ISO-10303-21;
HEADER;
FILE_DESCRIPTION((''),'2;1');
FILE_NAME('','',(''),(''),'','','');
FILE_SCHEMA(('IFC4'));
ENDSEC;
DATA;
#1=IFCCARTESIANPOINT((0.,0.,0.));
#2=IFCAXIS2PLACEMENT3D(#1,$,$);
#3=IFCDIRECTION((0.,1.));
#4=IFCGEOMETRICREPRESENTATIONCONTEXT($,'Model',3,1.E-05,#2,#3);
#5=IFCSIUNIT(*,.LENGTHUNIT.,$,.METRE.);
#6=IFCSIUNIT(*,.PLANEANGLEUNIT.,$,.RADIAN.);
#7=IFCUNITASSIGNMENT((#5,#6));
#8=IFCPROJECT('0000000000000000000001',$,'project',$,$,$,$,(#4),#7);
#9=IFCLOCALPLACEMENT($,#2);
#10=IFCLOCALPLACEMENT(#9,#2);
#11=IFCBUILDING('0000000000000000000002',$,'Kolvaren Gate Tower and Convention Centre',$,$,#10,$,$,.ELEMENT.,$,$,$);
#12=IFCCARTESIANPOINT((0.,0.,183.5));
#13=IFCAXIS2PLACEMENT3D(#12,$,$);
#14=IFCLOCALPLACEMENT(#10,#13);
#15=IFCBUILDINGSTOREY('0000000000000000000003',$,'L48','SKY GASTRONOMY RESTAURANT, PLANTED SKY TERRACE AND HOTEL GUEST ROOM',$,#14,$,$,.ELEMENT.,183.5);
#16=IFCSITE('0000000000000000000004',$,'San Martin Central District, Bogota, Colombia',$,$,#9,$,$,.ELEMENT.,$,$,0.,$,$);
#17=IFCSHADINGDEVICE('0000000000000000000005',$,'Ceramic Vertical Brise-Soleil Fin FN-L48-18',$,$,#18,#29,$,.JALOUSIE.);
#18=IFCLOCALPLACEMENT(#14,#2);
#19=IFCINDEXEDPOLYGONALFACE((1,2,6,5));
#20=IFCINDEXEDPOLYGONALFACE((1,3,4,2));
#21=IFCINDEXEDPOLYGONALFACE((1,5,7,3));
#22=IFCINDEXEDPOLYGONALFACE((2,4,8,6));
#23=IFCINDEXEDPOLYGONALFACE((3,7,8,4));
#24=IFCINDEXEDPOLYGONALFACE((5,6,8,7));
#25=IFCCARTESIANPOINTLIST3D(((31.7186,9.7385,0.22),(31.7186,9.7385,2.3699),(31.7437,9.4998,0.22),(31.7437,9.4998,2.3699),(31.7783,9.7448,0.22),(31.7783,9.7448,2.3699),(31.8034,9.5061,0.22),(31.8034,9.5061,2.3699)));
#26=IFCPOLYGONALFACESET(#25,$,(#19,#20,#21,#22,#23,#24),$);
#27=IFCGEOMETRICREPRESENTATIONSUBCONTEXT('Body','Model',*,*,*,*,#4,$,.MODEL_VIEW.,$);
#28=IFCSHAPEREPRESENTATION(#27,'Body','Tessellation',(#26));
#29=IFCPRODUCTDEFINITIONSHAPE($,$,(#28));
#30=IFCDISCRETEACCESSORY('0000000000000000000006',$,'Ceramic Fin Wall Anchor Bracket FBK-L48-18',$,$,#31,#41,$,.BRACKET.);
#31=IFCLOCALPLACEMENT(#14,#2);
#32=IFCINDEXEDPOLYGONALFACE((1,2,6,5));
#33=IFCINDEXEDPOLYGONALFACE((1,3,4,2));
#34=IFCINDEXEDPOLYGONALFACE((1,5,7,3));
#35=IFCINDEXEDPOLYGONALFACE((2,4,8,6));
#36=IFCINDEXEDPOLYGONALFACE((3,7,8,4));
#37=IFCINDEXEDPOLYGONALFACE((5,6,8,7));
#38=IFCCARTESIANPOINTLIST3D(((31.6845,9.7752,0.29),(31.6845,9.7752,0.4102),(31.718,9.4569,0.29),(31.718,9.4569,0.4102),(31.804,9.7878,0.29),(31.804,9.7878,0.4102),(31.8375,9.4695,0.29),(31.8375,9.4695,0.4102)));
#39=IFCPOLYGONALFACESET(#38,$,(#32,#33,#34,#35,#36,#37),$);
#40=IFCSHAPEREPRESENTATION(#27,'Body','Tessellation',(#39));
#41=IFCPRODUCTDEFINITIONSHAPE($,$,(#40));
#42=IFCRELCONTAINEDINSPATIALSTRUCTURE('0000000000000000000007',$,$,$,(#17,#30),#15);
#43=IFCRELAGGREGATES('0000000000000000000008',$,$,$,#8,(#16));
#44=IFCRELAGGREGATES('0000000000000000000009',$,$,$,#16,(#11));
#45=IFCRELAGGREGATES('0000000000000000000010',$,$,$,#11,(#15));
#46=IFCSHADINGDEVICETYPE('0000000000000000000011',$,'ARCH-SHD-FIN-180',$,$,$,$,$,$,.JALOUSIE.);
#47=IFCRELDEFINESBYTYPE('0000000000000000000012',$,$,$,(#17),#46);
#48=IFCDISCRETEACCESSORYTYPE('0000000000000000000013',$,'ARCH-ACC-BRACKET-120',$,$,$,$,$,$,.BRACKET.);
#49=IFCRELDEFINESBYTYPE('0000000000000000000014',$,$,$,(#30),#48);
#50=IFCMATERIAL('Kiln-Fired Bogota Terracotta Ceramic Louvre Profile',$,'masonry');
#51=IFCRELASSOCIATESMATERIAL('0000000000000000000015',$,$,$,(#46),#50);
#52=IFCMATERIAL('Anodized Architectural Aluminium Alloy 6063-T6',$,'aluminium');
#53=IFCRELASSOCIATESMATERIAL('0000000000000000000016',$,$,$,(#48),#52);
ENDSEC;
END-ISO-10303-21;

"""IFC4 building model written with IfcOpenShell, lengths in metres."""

from ifc_helpers import new_model, si_unit, direction, frame, origin, origin_2d, place, context, subcontext, project, spatial, rectangle, extrude, material, type_object, element, save


model = new_model("IFC4")

# Units and contexts
model_context = context("Model", 3, precision=1e-05, world=origin(), true_north=direction((0.0, 1.0)))
body_context = subcontext(model_context, "Body", "Model", "MODEL_VIEW")
ifc_project = project(units=[si_unit("LENGTHUNIT", "METRE"), si_unit("PLANEANGLEUNIT", "RADIAN")], contexts=[model_context])

# Site, building, storey
site_placement = place(None, origin())
site = spatial("IfcSite", under=ifc_project, at=site_placement, Name="San Martin Central District, Bogota, Colombia", CompositionType="ELEMENT", RefElevation=0.0)
building_placement = place(site_placement, origin())
building = spatial("IfcBuilding", under=site, at=building_placement, Name="Kolvaren Gate Tower and Convention Centre", CompositionType="ELEMENT")
storey_placement = place(building_placement, frame((0.0, 0.0, 183.5)))
storey = spatial("IfcBuildingStorey", under=building, at=storey_placement, Name="L48", Description="SKY GASTRONOMY RESTAURANT, PLANTED SKY TERRACE AND HOTEL GUEST ROOM", CompositionType="ELEMENT", Elevation=183.5)

# Shared definitions
ifc_material_1 = material(Name="Anodized Architectural Aluminium Alloy 6063-T6", Category="aluminium")

# Shading device
ifc_material_2 = material(Name="Kiln-Fired Bogota Terracotta Ceramic Louvre Profile", Category="masonry")
shading_device_type = type_object("IfcShadingDeviceType", Name="ARCH-SHD-FIN-180", PredefinedType="JALOUSIE", material=ifc_material_2)
shading_device_placement = place(storey_placement, frame((31.761, 9.6223, 0.22), z_axis=(0.0, 0.0, 1.0), x_axis=(0.994499, 0.104744, 0.0)))
element("IfcShadingDevice", 1, at=shading_device_placement, inside=storey, type_object=shading_device_type, Name="Ceramic Vertical Brise-Soleil Fin FN-L48-18", PredefinedType="JALOUSIE", context=body_context, shape_type="SweptSolid", body=[
    extrude(rectangle(XDim=0.0601, YDim=0.24, at=origin_2d()), origin(), (0.0, 0.0, 1.0), 2.1499),
])

# Discrete accessory
discrete_accessory_type = type_object("IfcDiscreteAccessoryType", Name="ARCH-ACC-BRACKET-120", PredefinedType="BRACKET", material=ifc_material_1)
discrete_accessory_placement = place(storey_placement, frame((31.761, 9.6223, 0.29), z_axis=(0.0, 0.0, 1.0), x_axis=(0.994499, 0.104744, 0.0)))
element("IfcDiscreteAccessory", 2, at=discrete_accessory_placement, inside=storey, type_object=discrete_accessory_type, Name="Ceramic Fin Wall Anchor Bracket FBK-L48-18", PredefinedType="BRACKET", context=body_context, shape_type="SweptSolid", body=[
    extrude(rectangle(XDim=0.1201, YDim=0.3201, at=origin_2d()), origin(), (0.0, 0.0, 1.0), 0.1201),
])

save(model, "model.ifc")
